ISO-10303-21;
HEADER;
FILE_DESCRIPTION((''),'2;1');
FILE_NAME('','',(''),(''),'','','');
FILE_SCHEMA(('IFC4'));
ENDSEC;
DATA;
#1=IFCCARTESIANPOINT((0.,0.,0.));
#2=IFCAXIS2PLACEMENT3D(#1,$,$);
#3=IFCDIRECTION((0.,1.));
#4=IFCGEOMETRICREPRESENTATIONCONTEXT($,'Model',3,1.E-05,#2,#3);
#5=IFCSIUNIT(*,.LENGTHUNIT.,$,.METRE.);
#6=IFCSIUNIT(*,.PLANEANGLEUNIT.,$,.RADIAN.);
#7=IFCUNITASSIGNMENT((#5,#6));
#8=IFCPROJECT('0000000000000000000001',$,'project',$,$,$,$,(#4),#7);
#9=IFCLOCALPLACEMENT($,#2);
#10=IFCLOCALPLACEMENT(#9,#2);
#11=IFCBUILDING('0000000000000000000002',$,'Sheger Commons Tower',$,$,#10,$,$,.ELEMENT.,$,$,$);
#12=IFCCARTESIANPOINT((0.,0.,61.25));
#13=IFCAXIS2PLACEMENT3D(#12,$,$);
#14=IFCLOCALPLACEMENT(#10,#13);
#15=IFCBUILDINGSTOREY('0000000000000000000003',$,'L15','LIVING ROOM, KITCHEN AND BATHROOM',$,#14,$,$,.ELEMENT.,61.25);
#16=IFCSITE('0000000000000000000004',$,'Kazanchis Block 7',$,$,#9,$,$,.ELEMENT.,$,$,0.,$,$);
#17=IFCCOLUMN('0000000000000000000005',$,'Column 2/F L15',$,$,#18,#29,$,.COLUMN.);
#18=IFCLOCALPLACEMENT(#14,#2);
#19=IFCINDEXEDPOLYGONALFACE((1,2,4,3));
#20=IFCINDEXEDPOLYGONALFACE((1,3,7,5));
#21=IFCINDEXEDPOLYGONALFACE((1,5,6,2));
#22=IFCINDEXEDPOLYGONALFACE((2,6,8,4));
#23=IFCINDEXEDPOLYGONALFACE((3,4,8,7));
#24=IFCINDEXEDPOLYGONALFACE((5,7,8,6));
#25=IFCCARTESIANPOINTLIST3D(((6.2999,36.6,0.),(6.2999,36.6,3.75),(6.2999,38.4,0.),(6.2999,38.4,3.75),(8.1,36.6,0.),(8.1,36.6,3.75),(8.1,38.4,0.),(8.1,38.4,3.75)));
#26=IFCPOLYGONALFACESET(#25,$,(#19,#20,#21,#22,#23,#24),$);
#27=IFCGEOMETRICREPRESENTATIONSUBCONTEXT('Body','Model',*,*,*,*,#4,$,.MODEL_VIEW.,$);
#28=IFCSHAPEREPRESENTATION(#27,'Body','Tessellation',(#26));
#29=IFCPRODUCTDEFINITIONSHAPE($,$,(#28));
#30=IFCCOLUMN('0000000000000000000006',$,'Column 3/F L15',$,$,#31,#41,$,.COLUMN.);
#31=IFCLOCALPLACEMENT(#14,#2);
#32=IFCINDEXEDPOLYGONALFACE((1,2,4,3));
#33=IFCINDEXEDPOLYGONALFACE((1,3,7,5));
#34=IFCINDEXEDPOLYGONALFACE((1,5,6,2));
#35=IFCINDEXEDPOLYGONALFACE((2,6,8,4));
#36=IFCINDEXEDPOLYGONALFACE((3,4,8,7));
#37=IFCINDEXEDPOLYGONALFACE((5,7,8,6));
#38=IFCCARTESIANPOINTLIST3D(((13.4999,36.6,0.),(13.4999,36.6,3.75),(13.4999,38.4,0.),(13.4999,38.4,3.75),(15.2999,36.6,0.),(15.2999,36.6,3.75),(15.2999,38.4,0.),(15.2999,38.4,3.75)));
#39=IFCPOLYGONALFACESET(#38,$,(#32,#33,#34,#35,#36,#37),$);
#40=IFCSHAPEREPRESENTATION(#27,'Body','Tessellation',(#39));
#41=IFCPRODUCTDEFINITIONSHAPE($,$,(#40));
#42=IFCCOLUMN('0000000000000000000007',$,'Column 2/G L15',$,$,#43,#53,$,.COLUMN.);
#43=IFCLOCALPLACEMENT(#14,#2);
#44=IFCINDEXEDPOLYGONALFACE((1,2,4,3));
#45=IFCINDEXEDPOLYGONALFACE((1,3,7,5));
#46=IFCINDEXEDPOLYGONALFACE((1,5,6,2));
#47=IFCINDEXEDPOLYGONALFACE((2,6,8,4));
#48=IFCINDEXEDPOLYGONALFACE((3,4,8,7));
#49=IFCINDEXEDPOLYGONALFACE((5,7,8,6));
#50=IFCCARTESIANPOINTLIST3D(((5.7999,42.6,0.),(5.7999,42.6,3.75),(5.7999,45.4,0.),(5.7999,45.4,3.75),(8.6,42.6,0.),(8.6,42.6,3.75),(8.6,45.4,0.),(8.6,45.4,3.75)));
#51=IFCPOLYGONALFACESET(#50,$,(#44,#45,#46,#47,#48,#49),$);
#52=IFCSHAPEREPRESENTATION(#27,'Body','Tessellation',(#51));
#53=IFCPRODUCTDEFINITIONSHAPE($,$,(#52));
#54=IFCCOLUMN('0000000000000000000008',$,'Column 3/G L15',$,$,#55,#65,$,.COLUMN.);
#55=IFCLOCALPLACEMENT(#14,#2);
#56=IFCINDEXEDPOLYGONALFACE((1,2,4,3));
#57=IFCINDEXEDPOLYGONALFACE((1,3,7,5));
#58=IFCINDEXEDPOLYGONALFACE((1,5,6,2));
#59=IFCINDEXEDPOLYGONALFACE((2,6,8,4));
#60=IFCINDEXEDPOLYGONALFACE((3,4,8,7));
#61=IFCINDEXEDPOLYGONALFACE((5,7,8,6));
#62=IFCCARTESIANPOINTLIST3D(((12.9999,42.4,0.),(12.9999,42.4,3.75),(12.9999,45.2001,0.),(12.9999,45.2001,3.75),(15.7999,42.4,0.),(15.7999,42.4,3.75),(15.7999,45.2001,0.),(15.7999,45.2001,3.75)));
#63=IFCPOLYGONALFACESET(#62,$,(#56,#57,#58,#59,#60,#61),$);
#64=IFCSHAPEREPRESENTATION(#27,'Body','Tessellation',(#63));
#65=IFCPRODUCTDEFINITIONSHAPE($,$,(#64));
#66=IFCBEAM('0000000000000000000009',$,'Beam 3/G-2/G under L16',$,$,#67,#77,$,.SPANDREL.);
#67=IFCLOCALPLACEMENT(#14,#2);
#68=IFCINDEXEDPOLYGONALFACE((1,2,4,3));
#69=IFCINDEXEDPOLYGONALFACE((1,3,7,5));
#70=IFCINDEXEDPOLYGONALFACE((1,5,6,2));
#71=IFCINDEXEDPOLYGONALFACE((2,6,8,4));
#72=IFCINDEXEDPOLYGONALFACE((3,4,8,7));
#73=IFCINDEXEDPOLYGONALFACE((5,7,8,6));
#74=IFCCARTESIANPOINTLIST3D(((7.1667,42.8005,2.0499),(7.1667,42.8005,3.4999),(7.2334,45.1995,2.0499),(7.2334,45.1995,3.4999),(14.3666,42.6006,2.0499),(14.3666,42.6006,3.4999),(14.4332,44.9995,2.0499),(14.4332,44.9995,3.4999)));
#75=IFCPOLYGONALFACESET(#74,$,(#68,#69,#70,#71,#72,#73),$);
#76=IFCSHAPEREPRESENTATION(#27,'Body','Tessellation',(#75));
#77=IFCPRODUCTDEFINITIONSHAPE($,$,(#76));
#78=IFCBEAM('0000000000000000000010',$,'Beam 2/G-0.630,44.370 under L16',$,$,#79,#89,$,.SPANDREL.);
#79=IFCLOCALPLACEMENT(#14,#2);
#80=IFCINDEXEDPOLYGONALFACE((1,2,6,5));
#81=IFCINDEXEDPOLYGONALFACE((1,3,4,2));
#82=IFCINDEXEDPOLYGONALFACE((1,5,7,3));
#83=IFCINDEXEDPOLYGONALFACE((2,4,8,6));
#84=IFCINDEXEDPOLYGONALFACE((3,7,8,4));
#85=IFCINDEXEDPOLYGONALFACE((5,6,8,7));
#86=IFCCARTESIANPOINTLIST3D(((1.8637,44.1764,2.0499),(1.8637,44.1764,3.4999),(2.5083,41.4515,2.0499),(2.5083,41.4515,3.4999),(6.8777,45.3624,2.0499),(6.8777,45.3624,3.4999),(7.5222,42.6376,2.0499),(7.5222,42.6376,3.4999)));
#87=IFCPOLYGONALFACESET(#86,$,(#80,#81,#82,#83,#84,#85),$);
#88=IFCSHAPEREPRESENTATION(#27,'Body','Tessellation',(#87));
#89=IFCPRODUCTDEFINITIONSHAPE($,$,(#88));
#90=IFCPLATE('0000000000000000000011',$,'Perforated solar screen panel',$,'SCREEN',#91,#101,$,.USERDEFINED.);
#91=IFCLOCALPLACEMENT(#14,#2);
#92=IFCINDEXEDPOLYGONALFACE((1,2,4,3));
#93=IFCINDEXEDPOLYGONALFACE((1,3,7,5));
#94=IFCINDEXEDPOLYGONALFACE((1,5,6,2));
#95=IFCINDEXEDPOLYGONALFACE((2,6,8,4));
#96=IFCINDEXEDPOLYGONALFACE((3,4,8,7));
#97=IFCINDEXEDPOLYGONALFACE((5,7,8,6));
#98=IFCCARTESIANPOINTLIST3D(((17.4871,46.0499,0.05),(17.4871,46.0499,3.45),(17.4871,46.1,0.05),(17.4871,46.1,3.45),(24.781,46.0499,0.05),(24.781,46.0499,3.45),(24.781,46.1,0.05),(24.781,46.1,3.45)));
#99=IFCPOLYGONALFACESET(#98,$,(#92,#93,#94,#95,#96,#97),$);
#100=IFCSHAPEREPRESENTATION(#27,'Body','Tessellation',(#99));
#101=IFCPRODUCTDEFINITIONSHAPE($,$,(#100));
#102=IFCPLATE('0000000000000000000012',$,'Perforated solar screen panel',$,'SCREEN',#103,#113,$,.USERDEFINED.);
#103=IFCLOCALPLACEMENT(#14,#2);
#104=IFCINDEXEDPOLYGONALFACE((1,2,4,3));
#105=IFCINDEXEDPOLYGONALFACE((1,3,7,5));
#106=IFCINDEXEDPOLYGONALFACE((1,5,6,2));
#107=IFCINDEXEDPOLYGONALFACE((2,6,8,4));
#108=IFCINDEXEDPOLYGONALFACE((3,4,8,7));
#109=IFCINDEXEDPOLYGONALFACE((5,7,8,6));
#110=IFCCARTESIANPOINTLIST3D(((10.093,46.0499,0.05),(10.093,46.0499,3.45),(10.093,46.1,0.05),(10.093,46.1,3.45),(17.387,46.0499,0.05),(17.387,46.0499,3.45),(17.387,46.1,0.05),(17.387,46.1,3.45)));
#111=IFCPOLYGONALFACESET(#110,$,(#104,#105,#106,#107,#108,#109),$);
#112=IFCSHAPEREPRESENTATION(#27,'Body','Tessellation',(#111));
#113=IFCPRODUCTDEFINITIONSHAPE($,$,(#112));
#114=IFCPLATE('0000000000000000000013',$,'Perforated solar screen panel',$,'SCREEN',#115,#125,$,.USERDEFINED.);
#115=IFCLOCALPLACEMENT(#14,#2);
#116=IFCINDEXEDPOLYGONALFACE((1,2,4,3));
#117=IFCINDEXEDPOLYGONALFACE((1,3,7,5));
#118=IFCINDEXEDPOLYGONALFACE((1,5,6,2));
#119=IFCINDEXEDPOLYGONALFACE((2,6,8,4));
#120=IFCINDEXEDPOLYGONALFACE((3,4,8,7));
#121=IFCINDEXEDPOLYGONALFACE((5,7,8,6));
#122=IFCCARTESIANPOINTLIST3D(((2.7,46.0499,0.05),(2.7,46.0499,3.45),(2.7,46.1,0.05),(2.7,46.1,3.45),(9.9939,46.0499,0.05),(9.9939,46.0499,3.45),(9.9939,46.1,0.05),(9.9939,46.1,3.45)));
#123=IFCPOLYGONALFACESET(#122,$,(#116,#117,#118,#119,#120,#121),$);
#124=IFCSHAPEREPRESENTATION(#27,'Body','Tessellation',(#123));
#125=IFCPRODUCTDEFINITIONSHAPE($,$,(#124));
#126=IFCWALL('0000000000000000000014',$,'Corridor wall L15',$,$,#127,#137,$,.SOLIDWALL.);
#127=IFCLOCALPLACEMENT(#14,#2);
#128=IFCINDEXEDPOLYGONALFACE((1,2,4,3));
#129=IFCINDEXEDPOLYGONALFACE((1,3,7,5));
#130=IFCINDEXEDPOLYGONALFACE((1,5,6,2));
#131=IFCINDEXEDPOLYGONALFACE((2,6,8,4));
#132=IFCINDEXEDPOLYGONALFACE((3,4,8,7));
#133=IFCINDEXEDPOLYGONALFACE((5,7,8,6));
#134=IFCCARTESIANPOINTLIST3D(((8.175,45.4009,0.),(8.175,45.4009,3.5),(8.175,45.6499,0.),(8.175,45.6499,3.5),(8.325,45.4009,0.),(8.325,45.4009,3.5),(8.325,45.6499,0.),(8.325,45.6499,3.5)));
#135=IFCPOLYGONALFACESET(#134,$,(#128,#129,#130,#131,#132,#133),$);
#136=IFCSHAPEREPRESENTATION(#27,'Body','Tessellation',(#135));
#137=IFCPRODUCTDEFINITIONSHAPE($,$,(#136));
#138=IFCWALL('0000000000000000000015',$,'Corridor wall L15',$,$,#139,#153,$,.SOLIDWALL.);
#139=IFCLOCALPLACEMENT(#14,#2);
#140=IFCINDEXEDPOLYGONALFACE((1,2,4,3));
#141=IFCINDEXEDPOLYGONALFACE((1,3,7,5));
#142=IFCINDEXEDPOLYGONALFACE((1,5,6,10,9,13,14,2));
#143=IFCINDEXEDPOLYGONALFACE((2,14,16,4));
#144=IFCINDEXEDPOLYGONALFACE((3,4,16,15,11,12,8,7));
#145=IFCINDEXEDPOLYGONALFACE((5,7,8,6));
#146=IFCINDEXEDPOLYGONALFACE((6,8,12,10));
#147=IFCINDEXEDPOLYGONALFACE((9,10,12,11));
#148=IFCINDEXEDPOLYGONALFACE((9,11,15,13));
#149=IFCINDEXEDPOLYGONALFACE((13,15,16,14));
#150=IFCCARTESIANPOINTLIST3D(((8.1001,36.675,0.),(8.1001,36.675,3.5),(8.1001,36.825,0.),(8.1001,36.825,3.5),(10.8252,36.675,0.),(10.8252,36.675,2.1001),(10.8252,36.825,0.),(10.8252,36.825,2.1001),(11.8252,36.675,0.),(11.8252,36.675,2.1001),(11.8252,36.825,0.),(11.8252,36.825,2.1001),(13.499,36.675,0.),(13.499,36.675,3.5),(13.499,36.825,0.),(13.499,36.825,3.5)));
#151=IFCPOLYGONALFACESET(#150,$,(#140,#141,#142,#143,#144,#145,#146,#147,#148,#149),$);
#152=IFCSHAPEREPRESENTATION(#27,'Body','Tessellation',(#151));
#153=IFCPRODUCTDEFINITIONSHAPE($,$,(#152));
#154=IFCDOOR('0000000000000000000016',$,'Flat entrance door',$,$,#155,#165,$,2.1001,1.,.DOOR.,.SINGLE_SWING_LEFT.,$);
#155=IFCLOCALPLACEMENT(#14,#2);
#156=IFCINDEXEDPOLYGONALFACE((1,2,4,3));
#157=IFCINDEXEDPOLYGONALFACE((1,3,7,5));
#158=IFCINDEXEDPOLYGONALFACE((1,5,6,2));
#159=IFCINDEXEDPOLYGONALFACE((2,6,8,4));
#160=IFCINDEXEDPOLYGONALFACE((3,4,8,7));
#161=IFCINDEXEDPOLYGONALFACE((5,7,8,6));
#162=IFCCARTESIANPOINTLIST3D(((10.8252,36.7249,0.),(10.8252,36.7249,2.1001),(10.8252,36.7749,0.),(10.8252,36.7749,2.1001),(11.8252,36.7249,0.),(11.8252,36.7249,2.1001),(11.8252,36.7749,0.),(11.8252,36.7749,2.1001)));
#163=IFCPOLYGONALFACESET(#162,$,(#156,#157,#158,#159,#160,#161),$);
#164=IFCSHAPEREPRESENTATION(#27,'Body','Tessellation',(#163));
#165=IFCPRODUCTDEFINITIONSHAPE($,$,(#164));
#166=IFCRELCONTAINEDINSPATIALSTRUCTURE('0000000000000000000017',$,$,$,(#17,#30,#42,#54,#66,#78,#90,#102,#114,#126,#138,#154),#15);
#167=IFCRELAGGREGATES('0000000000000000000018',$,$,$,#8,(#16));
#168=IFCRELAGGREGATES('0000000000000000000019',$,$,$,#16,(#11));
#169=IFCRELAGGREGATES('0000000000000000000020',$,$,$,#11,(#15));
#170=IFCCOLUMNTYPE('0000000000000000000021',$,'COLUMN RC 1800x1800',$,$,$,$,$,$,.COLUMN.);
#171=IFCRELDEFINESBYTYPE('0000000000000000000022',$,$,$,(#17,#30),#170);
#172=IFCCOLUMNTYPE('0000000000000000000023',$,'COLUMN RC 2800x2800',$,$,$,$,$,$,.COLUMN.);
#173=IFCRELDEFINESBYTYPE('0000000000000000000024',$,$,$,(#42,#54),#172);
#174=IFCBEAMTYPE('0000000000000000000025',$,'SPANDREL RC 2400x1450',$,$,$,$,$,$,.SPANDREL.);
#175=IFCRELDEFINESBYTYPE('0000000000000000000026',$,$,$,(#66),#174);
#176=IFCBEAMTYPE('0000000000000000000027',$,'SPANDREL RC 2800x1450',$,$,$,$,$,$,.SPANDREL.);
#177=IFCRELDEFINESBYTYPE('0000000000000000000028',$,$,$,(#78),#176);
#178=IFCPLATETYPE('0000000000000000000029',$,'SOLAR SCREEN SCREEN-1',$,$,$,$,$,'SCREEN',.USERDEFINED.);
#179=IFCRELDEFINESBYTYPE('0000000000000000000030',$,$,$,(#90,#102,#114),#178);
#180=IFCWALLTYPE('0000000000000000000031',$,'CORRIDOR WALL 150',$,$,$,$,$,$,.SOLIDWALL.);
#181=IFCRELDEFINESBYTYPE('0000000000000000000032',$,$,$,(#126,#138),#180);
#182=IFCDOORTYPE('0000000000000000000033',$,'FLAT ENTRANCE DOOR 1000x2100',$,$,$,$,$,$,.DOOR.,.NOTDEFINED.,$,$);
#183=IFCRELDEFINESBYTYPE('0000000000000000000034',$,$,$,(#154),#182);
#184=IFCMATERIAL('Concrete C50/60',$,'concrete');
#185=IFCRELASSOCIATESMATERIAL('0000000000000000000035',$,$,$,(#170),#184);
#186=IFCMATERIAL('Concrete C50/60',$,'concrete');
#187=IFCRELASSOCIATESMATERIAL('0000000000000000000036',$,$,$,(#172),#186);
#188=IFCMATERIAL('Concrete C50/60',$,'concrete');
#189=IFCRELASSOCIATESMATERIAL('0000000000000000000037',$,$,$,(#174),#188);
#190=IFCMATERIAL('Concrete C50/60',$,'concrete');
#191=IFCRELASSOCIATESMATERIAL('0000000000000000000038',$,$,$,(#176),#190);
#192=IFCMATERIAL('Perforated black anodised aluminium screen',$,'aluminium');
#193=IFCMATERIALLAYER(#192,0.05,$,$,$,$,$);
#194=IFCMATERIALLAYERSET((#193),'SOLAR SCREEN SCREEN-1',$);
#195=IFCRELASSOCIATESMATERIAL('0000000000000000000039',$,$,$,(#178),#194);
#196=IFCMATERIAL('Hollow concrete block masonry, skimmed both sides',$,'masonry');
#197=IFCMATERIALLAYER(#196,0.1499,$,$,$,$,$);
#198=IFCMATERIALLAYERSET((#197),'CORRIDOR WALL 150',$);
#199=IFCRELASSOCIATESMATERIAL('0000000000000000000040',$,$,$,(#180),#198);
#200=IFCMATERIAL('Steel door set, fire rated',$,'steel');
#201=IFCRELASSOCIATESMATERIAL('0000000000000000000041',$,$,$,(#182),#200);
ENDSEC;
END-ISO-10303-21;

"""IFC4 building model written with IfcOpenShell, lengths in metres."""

from ifc_helpers import new_model, si_unit, direction, frame, frame_2d, origin, origin_2d, place, context, subcontext, project, spatial, rectangle, extrude, material, layer, layer_set, material_profile, profile_set, type_object, element, fill, save


model = new_model("IFC4")

# Units and contexts
model_context = context("Model", 3, precision=1e-05, world=origin(), true_north=direction((0.0, 1.0)))
body_context = subcontext(model_context, "Body", "Model", "MODEL_VIEW")
ifc_project = project(units=[si_unit("LENGTHUNIT", "METRE"), si_unit("PLANEANGLEUNIT", "RADIAN")], contexts=[model_context])

# Site, building, storey
site_placement = place(None, origin())
site = spatial("IfcSite", under=ifc_project, at=site_placement, Name="Kazanchis Block 7", CompositionType="ELEMENT", RefElevation=0.0)
building_placement = place(site_placement, origin())
building = spatial("IfcBuilding", under=site, at=building_placement, Name="Sheger Commons Tower", CompositionType="ELEMENT")
storey_placement = place(building_placement, frame((0.0, 0.0, 61.25)))
storey = spatial("IfcBuildingStorey", under=building, at=storey_placement, Name="L15", Description="LIVING ROOM, KITCHEN AND BATHROOM", CompositionType="ELEMENT", Elevation=61.25)

# Columns
ifc_material_1 = material(Name="Concrete C50/60", Category="concrete")
ifc_material_profile_1 = material_profile(ifc_material_1, rectangle(XDim=1.8, YDim=1.8, at=origin_2d()), Name="RC 1800x1800")
ifc_profile_set_1 = profile_set([ifc_material_profile_1], Name="Concrete C50/60")
column_type_1 = type_object("IfcColumnType", Name="COLUMN RC 1800x1800", PredefinedType="COLUMN", material=ifc_profile_set_1)
for number, where, z_axis, x_axis, name in (
    (1, (7.2, 37.5, 0.0), (0.0, 0.0, 1.0), (1.0, 0.0, 0.0), "Column 2/F L15"),
    (2, (14.3999, 37.5, 0.0), (0.0, 0.0, 1.0), (1.0, 0.0, 0.0), "Column 3/F L15"),
):
    element("IfcColumn", number, at=place(storey_placement, frame(where, z_axis=z_axis, x_axis=x_axis)), inside=storey, type_object=column_type_1, Name=name, PredefinedType="COLUMN", context=body_context, shape_type="SweptSolid", body=[
        extrude(rectangle(XDim=1.8, YDim=1.8, at=origin_2d()), origin(), (0.0, 0.0, 1.0), 3.75),
    ])
ifc_material_2 = material(Name="Concrete C50/60", Category="concrete")
ifc_material_profile_2 = material_profile(ifc_material_2, rectangle(XDim=2.8, YDim=2.8, at=origin_2d()), Name="RC 2800x2800")
ifc_profile_set_2 = profile_set([ifc_material_profile_2], Name="Concrete C50/60")
column_type_2 = type_object("IfcColumnType", Name="COLUMN RC 2800x2800", PredefinedType="COLUMN", material=ifc_profile_set_2)
for number, where, z_axis, x_axis, name in (
    (3, (7.2, 44.0, 0.0), (0.0, 0.0, 1.0), (1.0, 0.0, 0.0), "Column 2/G L15"),
    (4, (14.3999, 43.8, 0.0), (0.0, 0.0, 1.0), (1.0, 0.0, 0.0), "Column 3/G L15"),
):
    element("IfcColumn", number, at=place(storey_placement, frame(where, z_axis=z_axis, x_axis=x_axis)), inside=storey, type_object=column_type_2, Name=name, PredefinedType="COLUMN", context=body_context, shape_type="SweptSolid", body=[
        extrude(rectangle(XDim=2.8, YDim=2.8, at=origin_2d()), origin(), (0.0, 0.0, 1.0), 3.75),
    ])

# Beams
ifc_material_3 = material(Name="Concrete C50/60", Category="concrete")
ifc_material_profile_3 = material_profile(ifc_material_3, rectangle(XDim=2.3999, YDim=1.45, at=origin_2d()), Name="RC 2400x1450")
ifc_profile_set_3 = profile_set([ifc_material_profile_3], Name="Concrete C50/60")
beam_type_1 = type_object("IfcBeamType", Name="SPANDREL RC 2400x1450", PredefinedType="SPANDREL", material=ifc_profile_set_3)
beam_1_placement = place(storey_placement, frame((14.3999, 43.8, 2.7749), z_axis=(-0.999615, 0.02776, 0.0), x_axis=(-0.02776, -0.999615, 0.0)))
element("IfcBeam", 5, at=beam_1_placement, inside=storey, type_object=beam_type_1, Name="Beam 3/G-2/G under L16", PredefinedType="SPANDREL", context=body_context, shape_type="SweptSolid", body=[
    extrude(rectangle(XDim=2.3999, YDim=1.45, at=origin_2d()), origin(), (0.0, 0.0, 1.0), 7.2026),
])
ifc_material_4 = material(Name="Concrete C50/60", Category="concrete")
ifc_material_profile_4 = material_profile(ifc_material_4, rectangle(XDim=2.8, YDim=1.45, at=origin_2d()), Name="RC 2800x1450")
ifc_profile_set_4 = profile_set([ifc_material_profile_4], Name="Concrete C50/60")
beam_type_2 = type_object("IfcBeamType", Name="SPANDREL RC 2800x1450", PredefinedType="SPANDREL", material=ifc_profile_set_4)
beam_2_placement = place(storey_placement, frame((7.2, 44.0, 2.7749), z_axis=(-0.973144, -0.230196, 0.0), x_axis=(0.230196, -0.973144, 0.0)))
element("IfcBeam", 6, at=beam_2_placement, inside=storey, type_object=beam_type_2, Name="Beam 2/G-0.630,44.370 under L16", PredefinedType="SPANDREL", context=body_context, shape_type="SweptSolid", body=[
    extrude(rectangle(XDim=2.8, YDim=1.45, at=origin_2d()), origin(), (0.0, 0.0, 1.0), 5.1523),
])

# Plates
ifc_material_5 = material(Name="Perforated black anodised aluminium screen", Category="aluminium")
ifc_layer_1 = layer(ifc_material_5, 0.05)
ifc_layer_set_1 = layer_set([ifc_layer_1], Name="SOLAR SCREEN SCREEN-1")
plate_type = type_object("IfcPlateType", Name="SOLAR SCREEN SCREEN-1", ElementType="SCREEN", PredefinedType="USERDEFINED", material=ifc_layer_set_1)
for number, where, z_axis, x_axis, name in (
    (7, (21.134, 46.075, 0.05), (0.0, 0.0, 1.0), (-1.0, 0.0, 0.0), "Perforated solar screen panel"),
    (8, (13.74, 46.075, 0.05), (0.0, 0.0, 1.0), (-1.0, 0.0, 0.0), "Perforated solar screen panel"),
    (9, (6.3469, 46.075, 0.05), (0.0, 0.0, 1.0), (-1.0, 0.0, 0.0), "Perforated solar screen panel"),
):
    element("IfcPlate", number, at=place(storey_placement, frame(where, z_axis=z_axis, x_axis=x_axis)), inside=storey, type_object=plate_type, Name=name, ObjectType="SCREEN", PredefinedType="USERDEFINED", context=body_context, shape_type="SweptSolid", body=[
        extrude(rectangle(XDim=7.2939, YDim=0.05, at=origin_2d()), origin(), (0.0, 0.0, 1.0), 3.3999),
    ])

# Wall
ifc_material_6 = material(Name="Hollow concrete block masonry, skimmed both sides", Category="masonry")
ifc_layer_2 = layer(ifc_material_6, 0.1499)
ifc_layer_set_2 = layer_set([ifc_layer_2], Name="CORRIDOR WALL 150")
wall_type_1 = type_object("IfcWallType", Name="CORRIDOR WALL 150", PredefinedType="SOLIDWALL", material=ifc_layer_set_2)
wall_1_placement = place(storey_placement, frame((8.25, 45.4009, 0.0), z_axis=(0.0, 0.0, 1.0), x_axis=(0.0, 1.0, 0.0)))
element("IfcWall", 10, at=wall_1_placement, inside=storey, type_object=wall_type_1, Name="Corridor wall L15", PredefinedType="SOLIDWALL", context=body_context, shape_type="SweptSolid", body=[
    extrude(rectangle(XDim=0.249, YDim=0.1499, at=frame_2d((0.1245, 0.0))), origin(), (0.0, 0.0, 1.0), 3.5),
])

# Wall, opening, door
wall_2_placement = place(storey_placement, frame((8.1001, 36.75, 0.0), z_axis=(0.0, 0.0, 1.0), x_axis=(1.0, 0.0, 0.0)))
wall_2 = element("IfcWall", 11, at=wall_2_placement, inside=storey, type_object=wall_type_1, Name="Corridor wall L15", PredefinedType="SOLIDWALL", context=body_context, shape_type="SweptSolid", body=[
    extrude(rectangle(XDim=5.3989, YDim=0.1499, at=frame_2d((2.6995, 0.0))), origin(), (0.0, 0.0, 1.0), 3.5),
])
opening_1_placement = place(wall_2_placement, frame((2.7251, 0.0, 0.0)))
opening_1 = element("IfcOpeningElement", 12, at=opening_1_placement, cuts=wall_2, PredefinedType="OPENING", context=body_context, shape_type="SweptSolid", body=[
    extrude(rectangle(XDim=1.0, YDim=2.1001, at=frame_2d((0.5, 1.05))), frame((0.0, 0.085, 0.0), z_axis=(0.0, -1.0, 0.0), x_axis=(1.0, 0.0, 0.0)), (0.0, 0.0, 1.0), 0.1699),
])
ifc_material_7 = material(Name="Steel door set, fire rated", Category="steel")
door_type_1 = type_object("IfcDoorType", Name="FLAT ENTRANCE DOOR 1000x2100", OperationType="NOTDEFINED", PredefinedType="DOOR", material=ifc_material_7)
door_1_placement = place(opening_1_placement, origin())
door_1 = element("IfcDoor", 13, at=door_1_placement, inside=storey, type_object=door_type_1, Name="Flat entrance door", OperationType="SINGLE_SWING_LEFT", OverallHeight=2.1001, OverallWidth=1.0, PredefinedType="DOOR", context=body_context, shape_type="SweptSolid", body=[
    extrude(rectangle(XDim=1.0, YDim=2.1001, at=frame_2d((0.5, 1.05))), frame((0.0, 0.0249, 0.0), z_axis=(0.0, -1.0, 0.0), x_axis=(1.0, 0.0, 0.0)), (0.0, 0.0, 1.0), 0.05),
])
fill(opening_1, door_1)

save(model, "model.ifc")
